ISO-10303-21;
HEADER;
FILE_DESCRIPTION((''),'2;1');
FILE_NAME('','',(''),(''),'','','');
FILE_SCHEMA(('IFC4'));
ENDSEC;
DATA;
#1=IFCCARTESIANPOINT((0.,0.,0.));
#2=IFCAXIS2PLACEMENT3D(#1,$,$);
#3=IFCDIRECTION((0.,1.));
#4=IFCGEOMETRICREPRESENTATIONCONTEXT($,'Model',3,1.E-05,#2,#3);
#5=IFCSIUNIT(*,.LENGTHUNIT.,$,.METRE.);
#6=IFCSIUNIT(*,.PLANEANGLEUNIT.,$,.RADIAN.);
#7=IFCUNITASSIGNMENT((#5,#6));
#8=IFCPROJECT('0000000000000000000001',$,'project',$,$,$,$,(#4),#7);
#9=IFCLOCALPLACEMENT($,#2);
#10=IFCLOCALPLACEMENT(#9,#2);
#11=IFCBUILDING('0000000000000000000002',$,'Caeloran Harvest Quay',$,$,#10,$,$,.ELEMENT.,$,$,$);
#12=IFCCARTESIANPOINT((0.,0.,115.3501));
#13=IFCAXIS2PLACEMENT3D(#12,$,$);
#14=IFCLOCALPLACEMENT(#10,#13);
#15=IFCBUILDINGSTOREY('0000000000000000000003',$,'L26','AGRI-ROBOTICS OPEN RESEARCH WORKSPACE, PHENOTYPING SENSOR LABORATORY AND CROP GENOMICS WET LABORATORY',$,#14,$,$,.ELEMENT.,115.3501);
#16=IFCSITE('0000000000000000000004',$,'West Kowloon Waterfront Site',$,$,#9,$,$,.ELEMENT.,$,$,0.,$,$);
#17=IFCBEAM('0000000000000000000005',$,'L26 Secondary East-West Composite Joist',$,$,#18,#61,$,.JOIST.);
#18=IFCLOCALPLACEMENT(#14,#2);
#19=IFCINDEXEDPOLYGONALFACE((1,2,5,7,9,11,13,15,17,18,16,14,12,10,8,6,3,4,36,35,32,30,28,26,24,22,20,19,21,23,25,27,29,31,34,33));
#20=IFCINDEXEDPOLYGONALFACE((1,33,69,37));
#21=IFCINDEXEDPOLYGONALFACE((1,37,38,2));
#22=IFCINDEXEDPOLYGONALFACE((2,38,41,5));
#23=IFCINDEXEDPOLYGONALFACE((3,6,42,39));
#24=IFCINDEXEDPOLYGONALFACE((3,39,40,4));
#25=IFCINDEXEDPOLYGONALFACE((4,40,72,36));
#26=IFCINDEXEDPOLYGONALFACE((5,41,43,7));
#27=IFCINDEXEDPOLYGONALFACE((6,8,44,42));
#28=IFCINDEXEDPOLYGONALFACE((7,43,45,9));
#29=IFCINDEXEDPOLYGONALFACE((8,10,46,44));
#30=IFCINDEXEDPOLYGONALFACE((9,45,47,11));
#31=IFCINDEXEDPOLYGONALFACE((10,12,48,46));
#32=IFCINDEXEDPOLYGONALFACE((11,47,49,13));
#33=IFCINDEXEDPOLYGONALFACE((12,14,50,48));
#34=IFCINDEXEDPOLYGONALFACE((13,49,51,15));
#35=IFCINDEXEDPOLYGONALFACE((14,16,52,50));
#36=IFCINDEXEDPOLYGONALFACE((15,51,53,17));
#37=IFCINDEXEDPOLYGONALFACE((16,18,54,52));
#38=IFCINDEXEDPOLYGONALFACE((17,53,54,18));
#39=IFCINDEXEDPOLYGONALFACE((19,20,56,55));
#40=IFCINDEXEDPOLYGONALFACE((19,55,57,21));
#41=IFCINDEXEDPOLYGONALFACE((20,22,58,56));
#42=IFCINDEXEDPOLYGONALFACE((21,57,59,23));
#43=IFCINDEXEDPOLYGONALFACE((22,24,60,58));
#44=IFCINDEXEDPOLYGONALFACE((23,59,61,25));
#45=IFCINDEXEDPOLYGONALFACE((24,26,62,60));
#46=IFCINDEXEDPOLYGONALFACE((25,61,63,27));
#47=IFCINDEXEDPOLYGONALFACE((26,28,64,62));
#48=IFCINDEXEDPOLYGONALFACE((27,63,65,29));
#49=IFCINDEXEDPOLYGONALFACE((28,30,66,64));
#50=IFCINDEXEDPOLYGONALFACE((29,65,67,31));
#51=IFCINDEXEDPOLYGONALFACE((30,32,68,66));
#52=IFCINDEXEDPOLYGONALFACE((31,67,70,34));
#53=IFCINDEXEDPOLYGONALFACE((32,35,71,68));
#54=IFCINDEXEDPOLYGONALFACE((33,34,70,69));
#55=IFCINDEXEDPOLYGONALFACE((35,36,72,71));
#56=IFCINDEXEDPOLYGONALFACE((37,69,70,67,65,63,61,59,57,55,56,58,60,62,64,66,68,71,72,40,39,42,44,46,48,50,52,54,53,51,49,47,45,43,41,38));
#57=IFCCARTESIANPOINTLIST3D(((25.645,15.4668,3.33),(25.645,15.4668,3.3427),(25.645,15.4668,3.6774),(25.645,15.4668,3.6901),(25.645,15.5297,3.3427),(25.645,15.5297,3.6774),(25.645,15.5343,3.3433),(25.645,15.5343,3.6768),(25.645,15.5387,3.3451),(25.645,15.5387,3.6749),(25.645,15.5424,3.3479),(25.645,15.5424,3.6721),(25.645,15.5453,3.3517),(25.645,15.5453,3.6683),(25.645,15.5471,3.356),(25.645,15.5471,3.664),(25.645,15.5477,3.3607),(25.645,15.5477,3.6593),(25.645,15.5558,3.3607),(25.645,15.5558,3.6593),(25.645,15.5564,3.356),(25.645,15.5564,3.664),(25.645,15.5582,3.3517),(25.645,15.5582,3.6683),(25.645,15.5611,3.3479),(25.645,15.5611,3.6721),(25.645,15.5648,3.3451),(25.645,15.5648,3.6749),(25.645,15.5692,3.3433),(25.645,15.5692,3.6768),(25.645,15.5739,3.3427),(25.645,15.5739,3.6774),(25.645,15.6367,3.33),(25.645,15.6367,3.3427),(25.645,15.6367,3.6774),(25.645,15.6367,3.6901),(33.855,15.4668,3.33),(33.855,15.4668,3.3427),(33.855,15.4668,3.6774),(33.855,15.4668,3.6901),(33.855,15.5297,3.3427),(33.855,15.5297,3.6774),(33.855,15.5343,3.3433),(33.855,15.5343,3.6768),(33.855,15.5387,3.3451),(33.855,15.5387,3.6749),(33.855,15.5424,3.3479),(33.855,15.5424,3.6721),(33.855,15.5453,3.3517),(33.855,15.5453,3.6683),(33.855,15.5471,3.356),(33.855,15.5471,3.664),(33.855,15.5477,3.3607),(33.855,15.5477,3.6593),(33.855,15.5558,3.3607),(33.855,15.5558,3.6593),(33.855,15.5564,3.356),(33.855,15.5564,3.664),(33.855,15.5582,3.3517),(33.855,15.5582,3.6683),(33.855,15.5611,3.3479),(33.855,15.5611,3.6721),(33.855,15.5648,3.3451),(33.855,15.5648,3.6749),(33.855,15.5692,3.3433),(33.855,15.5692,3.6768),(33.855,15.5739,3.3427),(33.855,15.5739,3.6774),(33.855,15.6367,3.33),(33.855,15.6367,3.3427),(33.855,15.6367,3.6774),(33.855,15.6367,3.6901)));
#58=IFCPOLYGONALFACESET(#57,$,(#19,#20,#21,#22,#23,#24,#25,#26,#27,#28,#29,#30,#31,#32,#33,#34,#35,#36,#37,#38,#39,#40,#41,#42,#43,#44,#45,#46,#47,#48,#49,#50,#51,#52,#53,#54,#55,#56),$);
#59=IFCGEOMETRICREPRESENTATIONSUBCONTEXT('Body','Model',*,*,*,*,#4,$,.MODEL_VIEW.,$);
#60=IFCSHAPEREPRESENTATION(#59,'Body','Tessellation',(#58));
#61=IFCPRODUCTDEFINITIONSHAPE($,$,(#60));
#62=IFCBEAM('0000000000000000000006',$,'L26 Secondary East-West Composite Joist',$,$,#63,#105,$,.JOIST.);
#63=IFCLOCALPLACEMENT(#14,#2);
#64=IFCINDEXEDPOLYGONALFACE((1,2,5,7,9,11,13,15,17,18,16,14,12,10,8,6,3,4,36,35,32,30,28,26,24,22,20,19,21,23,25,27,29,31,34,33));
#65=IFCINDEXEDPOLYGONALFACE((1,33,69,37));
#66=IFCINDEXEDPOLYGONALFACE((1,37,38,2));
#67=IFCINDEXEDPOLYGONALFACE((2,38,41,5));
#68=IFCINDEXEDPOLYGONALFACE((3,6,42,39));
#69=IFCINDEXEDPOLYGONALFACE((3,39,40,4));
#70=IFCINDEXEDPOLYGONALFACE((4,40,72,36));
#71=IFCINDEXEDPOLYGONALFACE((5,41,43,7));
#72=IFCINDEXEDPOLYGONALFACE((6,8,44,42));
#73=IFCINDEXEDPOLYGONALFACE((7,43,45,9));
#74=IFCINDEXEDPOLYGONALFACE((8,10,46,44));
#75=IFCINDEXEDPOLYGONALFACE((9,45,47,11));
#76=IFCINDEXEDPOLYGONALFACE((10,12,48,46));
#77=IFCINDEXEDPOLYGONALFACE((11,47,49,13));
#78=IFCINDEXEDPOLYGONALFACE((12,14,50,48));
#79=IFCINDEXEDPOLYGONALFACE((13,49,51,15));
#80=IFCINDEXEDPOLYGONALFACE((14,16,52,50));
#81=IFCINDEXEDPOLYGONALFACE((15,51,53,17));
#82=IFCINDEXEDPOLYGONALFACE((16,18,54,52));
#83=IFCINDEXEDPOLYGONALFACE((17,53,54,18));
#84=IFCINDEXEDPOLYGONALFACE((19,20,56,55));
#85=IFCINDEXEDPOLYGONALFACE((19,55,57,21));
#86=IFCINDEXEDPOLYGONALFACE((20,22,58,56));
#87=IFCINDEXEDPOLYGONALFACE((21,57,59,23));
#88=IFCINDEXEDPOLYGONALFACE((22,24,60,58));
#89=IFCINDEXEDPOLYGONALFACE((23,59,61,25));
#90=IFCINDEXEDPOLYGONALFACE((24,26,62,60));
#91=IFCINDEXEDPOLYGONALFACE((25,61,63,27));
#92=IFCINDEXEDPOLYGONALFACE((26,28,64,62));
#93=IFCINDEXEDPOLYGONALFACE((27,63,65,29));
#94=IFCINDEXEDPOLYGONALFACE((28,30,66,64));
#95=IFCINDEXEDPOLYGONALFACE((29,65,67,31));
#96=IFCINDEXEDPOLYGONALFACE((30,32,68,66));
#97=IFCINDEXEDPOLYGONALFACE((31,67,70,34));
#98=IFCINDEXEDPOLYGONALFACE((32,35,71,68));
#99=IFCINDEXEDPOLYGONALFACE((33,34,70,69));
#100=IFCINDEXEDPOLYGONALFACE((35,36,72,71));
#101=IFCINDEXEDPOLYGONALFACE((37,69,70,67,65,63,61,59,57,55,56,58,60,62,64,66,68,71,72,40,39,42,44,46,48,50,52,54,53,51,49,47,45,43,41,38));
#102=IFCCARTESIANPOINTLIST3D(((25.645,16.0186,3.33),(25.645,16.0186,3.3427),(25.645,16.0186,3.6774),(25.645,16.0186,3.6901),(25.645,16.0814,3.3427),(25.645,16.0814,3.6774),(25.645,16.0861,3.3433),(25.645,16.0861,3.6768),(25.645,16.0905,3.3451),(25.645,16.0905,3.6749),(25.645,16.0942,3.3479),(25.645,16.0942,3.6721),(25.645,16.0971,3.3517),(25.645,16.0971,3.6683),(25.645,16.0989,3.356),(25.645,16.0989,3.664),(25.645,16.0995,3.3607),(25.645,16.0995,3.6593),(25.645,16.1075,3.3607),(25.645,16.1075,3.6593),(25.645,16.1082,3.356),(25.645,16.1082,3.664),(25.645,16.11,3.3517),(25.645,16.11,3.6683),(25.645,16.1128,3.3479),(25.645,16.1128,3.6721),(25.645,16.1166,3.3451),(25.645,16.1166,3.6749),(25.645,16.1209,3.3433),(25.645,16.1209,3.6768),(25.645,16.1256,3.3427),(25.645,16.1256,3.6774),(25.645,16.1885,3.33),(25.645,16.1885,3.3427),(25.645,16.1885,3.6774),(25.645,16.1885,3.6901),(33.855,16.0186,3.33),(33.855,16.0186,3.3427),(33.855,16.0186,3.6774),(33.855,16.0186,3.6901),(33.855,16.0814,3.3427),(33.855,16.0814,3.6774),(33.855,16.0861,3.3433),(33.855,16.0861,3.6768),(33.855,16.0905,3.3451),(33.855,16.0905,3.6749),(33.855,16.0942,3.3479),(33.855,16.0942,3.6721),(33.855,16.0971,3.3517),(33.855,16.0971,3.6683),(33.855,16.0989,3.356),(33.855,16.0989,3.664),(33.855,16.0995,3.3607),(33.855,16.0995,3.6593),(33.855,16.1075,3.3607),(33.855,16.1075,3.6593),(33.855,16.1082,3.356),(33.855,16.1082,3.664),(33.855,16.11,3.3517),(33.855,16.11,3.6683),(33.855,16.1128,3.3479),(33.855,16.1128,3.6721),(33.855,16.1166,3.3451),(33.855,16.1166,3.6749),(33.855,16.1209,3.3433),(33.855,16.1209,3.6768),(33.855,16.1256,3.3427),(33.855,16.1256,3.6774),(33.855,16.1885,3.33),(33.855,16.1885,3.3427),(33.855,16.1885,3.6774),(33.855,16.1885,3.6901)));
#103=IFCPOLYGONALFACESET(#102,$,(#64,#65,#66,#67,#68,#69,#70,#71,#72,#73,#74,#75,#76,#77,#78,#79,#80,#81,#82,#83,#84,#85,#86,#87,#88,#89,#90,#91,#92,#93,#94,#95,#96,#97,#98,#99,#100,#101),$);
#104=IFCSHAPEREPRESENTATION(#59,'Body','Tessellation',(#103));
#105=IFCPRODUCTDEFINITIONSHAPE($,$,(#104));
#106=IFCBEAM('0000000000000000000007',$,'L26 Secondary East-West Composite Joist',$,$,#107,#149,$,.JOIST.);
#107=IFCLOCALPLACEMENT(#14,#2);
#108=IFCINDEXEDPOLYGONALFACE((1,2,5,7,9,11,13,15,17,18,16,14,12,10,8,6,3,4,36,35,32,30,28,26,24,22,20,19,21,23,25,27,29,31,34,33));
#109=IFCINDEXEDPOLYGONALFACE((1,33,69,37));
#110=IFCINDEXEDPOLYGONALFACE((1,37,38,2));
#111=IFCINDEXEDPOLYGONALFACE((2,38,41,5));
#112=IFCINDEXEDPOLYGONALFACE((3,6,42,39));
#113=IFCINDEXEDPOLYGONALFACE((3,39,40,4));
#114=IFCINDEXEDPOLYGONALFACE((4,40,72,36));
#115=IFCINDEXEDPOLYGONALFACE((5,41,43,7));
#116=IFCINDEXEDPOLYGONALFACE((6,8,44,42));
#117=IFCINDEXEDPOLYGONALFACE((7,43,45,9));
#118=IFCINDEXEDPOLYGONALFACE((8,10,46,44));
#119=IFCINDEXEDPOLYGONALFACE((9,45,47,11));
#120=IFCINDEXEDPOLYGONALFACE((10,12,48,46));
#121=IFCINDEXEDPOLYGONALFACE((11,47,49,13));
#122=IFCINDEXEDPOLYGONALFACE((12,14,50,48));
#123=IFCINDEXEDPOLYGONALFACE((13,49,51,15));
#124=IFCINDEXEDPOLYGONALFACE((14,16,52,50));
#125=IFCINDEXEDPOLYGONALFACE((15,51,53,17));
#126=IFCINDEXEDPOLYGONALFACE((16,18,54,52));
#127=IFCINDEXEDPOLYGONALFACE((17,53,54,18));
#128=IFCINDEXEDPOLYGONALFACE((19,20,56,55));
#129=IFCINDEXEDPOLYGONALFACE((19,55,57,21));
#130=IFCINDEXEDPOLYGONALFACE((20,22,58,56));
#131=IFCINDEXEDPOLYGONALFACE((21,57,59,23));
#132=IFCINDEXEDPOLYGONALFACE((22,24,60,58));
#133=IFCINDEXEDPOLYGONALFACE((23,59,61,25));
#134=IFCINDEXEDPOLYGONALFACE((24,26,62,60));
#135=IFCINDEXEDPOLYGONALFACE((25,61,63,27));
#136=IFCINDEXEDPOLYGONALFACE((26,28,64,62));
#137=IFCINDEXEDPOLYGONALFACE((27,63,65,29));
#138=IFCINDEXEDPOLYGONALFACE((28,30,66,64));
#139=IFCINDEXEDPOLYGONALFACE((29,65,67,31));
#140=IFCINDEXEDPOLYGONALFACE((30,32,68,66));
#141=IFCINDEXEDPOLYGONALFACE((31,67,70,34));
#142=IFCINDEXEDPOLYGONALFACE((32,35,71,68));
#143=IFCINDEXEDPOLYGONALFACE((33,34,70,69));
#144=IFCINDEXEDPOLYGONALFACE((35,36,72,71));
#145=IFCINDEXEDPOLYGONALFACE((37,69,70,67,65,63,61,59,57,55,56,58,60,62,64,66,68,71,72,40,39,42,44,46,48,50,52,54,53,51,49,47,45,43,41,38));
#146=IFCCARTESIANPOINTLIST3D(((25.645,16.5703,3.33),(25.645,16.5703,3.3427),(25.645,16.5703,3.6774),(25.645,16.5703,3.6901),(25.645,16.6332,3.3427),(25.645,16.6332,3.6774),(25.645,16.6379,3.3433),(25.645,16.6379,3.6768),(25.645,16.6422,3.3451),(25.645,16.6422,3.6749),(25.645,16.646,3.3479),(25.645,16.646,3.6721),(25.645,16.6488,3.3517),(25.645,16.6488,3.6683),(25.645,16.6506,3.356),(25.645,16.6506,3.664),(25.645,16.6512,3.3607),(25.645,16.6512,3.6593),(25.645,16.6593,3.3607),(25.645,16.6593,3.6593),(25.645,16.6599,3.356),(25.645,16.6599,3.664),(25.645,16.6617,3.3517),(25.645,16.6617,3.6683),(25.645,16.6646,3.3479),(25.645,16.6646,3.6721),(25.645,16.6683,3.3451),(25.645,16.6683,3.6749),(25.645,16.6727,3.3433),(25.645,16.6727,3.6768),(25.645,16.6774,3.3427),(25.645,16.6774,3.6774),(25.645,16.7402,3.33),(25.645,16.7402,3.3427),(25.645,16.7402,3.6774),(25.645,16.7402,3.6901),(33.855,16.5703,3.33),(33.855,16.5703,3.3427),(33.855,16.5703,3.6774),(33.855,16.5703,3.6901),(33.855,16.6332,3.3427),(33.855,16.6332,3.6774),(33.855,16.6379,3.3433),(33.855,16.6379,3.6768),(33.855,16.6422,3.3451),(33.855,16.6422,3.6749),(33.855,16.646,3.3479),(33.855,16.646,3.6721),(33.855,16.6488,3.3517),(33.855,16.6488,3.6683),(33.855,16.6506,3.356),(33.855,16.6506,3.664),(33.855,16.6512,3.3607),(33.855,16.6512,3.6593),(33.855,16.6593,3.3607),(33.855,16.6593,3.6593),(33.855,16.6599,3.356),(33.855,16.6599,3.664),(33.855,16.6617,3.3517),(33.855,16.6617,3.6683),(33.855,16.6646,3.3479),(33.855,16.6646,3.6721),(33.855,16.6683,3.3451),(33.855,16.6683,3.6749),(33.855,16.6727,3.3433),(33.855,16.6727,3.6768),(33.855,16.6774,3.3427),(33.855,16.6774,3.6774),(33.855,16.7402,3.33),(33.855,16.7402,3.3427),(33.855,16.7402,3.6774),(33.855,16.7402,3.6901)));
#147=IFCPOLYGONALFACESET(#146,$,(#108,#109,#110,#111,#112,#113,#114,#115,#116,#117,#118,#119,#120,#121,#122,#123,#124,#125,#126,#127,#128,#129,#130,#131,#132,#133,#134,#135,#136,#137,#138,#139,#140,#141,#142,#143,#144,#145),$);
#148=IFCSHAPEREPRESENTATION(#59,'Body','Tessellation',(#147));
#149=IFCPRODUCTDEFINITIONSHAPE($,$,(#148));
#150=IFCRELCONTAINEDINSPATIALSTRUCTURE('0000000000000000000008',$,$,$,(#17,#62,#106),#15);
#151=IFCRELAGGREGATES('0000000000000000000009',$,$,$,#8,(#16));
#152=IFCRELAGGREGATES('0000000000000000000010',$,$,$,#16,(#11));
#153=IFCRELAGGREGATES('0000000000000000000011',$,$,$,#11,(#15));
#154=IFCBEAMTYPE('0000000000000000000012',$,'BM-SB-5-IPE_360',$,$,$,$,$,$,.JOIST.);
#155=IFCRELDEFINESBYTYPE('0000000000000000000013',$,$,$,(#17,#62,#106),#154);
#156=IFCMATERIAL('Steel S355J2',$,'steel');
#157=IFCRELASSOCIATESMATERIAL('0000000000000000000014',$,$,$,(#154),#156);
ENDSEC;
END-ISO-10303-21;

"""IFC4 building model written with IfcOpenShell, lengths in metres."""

from ifc_helpers import new_model, si_unit, direction, frame, origin, origin_2d, place, context, subcontext, project, spatial, i_section, extrude, material, material_profile, profile_set, type_object, element, save


model = new_model("IFC4")

# Units and contexts
model_context = context("Model", 3, precision=1e-05, world=origin(), true_north=direction((0.0, 1.0)))
body_context = subcontext(model_context, "Body", "Model", "MODEL_VIEW")
ifc_project = project(units=[si_unit("LENGTHUNIT", "METRE"), si_unit("PLANEANGLEUNIT", "RADIAN")], contexts=[model_context])

# Site, building, storey
site_placement = place(None, origin())
site = spatial("IfcSite", under=ifc_project, at=site_placement, Name="West Kowloon Waterfront Site", CompositionType="ELEMENT", RefElevation=0.0)
building_placement = place(site_placement, origin())
building = spatial("IfcBuilding", under=site, at=building_placement, Name="Caeloran Harvest Quay", CompositionType="ELEMENT")
storey_placement = place(building_placement, frame((0.0, 0.0, 115.3501)))
storey = spatial("IfcBuildingStorey", under=building, at=storey_placement, Name="L26", Description="AGRI-ROBOTICS OPEN RESEARCH WORKSPACE, PHENOTYPING SENSOR LABORATORY AND CROP GENOMICS WET LABORATORY", CompositionType="ELEMENT", Elevation=115.3501)

# Beams
ifc_material_1 = material(Name="Steel S355J2", Category="steel")
ifc_material_profile_1 = material_profile(ifc_material_1, i_section(OverallWidth=0.1699, OverallDepth=0.3601, WebThickness=0.0081, FlangeThickness=0.0127, FilletRadius=0.0181, at=origin_2d()), Name="IPE 360")
ifc_profile_set_1 = profile_set([ifc_material_profile_1], Name="Steel S355J2")
beam_type_1 = type_object("IfcBeamType", Name="BM-SB-5-IPE_360", PredefinedType="JOIST", material=ifc_profile_set_1)
for number, where, z_axis, x_axis, name in (
    (1, (25.645, 15.5518, 3.51), (1.0, 0.0, 0.0), (0.0, 1.0, 0.0), "L26 Secondary East-West Composite Joist"),
    (2, (25.645, 16.1035, 3.51), (1.0, 0.0, 0.0), (0.0, 1.0, 0.0), "L26 Secondary East-West Composite Joist"),
    (3, (25.645, 16.6553, 3.51), (1.0, 0.0, 0.0), (0.0, 1.0, 0.0), "L26 Secondary East-West Composite Joist"),
):
    element("IfcBeam", number, at=place(storey_placement, frame(where, z_axis=z_axis, x_axis=x_axis)), inside=storey, type_object=beam_type_1, Name=name, PredefinedType="JOIST", context=body_context, shape_type="SweptSolid", body=[
        extrude(i_section(OverallWidth=0.1699, OverallDepth=0.3601, WebThickness=0.0081, FlangeThickness=0.0127, FilletRadius=0.0181, at=origin_2d()), origin(), (0.0, 0.0, 1.0), 8.21),
    ])

save(model, "model.ifc")
